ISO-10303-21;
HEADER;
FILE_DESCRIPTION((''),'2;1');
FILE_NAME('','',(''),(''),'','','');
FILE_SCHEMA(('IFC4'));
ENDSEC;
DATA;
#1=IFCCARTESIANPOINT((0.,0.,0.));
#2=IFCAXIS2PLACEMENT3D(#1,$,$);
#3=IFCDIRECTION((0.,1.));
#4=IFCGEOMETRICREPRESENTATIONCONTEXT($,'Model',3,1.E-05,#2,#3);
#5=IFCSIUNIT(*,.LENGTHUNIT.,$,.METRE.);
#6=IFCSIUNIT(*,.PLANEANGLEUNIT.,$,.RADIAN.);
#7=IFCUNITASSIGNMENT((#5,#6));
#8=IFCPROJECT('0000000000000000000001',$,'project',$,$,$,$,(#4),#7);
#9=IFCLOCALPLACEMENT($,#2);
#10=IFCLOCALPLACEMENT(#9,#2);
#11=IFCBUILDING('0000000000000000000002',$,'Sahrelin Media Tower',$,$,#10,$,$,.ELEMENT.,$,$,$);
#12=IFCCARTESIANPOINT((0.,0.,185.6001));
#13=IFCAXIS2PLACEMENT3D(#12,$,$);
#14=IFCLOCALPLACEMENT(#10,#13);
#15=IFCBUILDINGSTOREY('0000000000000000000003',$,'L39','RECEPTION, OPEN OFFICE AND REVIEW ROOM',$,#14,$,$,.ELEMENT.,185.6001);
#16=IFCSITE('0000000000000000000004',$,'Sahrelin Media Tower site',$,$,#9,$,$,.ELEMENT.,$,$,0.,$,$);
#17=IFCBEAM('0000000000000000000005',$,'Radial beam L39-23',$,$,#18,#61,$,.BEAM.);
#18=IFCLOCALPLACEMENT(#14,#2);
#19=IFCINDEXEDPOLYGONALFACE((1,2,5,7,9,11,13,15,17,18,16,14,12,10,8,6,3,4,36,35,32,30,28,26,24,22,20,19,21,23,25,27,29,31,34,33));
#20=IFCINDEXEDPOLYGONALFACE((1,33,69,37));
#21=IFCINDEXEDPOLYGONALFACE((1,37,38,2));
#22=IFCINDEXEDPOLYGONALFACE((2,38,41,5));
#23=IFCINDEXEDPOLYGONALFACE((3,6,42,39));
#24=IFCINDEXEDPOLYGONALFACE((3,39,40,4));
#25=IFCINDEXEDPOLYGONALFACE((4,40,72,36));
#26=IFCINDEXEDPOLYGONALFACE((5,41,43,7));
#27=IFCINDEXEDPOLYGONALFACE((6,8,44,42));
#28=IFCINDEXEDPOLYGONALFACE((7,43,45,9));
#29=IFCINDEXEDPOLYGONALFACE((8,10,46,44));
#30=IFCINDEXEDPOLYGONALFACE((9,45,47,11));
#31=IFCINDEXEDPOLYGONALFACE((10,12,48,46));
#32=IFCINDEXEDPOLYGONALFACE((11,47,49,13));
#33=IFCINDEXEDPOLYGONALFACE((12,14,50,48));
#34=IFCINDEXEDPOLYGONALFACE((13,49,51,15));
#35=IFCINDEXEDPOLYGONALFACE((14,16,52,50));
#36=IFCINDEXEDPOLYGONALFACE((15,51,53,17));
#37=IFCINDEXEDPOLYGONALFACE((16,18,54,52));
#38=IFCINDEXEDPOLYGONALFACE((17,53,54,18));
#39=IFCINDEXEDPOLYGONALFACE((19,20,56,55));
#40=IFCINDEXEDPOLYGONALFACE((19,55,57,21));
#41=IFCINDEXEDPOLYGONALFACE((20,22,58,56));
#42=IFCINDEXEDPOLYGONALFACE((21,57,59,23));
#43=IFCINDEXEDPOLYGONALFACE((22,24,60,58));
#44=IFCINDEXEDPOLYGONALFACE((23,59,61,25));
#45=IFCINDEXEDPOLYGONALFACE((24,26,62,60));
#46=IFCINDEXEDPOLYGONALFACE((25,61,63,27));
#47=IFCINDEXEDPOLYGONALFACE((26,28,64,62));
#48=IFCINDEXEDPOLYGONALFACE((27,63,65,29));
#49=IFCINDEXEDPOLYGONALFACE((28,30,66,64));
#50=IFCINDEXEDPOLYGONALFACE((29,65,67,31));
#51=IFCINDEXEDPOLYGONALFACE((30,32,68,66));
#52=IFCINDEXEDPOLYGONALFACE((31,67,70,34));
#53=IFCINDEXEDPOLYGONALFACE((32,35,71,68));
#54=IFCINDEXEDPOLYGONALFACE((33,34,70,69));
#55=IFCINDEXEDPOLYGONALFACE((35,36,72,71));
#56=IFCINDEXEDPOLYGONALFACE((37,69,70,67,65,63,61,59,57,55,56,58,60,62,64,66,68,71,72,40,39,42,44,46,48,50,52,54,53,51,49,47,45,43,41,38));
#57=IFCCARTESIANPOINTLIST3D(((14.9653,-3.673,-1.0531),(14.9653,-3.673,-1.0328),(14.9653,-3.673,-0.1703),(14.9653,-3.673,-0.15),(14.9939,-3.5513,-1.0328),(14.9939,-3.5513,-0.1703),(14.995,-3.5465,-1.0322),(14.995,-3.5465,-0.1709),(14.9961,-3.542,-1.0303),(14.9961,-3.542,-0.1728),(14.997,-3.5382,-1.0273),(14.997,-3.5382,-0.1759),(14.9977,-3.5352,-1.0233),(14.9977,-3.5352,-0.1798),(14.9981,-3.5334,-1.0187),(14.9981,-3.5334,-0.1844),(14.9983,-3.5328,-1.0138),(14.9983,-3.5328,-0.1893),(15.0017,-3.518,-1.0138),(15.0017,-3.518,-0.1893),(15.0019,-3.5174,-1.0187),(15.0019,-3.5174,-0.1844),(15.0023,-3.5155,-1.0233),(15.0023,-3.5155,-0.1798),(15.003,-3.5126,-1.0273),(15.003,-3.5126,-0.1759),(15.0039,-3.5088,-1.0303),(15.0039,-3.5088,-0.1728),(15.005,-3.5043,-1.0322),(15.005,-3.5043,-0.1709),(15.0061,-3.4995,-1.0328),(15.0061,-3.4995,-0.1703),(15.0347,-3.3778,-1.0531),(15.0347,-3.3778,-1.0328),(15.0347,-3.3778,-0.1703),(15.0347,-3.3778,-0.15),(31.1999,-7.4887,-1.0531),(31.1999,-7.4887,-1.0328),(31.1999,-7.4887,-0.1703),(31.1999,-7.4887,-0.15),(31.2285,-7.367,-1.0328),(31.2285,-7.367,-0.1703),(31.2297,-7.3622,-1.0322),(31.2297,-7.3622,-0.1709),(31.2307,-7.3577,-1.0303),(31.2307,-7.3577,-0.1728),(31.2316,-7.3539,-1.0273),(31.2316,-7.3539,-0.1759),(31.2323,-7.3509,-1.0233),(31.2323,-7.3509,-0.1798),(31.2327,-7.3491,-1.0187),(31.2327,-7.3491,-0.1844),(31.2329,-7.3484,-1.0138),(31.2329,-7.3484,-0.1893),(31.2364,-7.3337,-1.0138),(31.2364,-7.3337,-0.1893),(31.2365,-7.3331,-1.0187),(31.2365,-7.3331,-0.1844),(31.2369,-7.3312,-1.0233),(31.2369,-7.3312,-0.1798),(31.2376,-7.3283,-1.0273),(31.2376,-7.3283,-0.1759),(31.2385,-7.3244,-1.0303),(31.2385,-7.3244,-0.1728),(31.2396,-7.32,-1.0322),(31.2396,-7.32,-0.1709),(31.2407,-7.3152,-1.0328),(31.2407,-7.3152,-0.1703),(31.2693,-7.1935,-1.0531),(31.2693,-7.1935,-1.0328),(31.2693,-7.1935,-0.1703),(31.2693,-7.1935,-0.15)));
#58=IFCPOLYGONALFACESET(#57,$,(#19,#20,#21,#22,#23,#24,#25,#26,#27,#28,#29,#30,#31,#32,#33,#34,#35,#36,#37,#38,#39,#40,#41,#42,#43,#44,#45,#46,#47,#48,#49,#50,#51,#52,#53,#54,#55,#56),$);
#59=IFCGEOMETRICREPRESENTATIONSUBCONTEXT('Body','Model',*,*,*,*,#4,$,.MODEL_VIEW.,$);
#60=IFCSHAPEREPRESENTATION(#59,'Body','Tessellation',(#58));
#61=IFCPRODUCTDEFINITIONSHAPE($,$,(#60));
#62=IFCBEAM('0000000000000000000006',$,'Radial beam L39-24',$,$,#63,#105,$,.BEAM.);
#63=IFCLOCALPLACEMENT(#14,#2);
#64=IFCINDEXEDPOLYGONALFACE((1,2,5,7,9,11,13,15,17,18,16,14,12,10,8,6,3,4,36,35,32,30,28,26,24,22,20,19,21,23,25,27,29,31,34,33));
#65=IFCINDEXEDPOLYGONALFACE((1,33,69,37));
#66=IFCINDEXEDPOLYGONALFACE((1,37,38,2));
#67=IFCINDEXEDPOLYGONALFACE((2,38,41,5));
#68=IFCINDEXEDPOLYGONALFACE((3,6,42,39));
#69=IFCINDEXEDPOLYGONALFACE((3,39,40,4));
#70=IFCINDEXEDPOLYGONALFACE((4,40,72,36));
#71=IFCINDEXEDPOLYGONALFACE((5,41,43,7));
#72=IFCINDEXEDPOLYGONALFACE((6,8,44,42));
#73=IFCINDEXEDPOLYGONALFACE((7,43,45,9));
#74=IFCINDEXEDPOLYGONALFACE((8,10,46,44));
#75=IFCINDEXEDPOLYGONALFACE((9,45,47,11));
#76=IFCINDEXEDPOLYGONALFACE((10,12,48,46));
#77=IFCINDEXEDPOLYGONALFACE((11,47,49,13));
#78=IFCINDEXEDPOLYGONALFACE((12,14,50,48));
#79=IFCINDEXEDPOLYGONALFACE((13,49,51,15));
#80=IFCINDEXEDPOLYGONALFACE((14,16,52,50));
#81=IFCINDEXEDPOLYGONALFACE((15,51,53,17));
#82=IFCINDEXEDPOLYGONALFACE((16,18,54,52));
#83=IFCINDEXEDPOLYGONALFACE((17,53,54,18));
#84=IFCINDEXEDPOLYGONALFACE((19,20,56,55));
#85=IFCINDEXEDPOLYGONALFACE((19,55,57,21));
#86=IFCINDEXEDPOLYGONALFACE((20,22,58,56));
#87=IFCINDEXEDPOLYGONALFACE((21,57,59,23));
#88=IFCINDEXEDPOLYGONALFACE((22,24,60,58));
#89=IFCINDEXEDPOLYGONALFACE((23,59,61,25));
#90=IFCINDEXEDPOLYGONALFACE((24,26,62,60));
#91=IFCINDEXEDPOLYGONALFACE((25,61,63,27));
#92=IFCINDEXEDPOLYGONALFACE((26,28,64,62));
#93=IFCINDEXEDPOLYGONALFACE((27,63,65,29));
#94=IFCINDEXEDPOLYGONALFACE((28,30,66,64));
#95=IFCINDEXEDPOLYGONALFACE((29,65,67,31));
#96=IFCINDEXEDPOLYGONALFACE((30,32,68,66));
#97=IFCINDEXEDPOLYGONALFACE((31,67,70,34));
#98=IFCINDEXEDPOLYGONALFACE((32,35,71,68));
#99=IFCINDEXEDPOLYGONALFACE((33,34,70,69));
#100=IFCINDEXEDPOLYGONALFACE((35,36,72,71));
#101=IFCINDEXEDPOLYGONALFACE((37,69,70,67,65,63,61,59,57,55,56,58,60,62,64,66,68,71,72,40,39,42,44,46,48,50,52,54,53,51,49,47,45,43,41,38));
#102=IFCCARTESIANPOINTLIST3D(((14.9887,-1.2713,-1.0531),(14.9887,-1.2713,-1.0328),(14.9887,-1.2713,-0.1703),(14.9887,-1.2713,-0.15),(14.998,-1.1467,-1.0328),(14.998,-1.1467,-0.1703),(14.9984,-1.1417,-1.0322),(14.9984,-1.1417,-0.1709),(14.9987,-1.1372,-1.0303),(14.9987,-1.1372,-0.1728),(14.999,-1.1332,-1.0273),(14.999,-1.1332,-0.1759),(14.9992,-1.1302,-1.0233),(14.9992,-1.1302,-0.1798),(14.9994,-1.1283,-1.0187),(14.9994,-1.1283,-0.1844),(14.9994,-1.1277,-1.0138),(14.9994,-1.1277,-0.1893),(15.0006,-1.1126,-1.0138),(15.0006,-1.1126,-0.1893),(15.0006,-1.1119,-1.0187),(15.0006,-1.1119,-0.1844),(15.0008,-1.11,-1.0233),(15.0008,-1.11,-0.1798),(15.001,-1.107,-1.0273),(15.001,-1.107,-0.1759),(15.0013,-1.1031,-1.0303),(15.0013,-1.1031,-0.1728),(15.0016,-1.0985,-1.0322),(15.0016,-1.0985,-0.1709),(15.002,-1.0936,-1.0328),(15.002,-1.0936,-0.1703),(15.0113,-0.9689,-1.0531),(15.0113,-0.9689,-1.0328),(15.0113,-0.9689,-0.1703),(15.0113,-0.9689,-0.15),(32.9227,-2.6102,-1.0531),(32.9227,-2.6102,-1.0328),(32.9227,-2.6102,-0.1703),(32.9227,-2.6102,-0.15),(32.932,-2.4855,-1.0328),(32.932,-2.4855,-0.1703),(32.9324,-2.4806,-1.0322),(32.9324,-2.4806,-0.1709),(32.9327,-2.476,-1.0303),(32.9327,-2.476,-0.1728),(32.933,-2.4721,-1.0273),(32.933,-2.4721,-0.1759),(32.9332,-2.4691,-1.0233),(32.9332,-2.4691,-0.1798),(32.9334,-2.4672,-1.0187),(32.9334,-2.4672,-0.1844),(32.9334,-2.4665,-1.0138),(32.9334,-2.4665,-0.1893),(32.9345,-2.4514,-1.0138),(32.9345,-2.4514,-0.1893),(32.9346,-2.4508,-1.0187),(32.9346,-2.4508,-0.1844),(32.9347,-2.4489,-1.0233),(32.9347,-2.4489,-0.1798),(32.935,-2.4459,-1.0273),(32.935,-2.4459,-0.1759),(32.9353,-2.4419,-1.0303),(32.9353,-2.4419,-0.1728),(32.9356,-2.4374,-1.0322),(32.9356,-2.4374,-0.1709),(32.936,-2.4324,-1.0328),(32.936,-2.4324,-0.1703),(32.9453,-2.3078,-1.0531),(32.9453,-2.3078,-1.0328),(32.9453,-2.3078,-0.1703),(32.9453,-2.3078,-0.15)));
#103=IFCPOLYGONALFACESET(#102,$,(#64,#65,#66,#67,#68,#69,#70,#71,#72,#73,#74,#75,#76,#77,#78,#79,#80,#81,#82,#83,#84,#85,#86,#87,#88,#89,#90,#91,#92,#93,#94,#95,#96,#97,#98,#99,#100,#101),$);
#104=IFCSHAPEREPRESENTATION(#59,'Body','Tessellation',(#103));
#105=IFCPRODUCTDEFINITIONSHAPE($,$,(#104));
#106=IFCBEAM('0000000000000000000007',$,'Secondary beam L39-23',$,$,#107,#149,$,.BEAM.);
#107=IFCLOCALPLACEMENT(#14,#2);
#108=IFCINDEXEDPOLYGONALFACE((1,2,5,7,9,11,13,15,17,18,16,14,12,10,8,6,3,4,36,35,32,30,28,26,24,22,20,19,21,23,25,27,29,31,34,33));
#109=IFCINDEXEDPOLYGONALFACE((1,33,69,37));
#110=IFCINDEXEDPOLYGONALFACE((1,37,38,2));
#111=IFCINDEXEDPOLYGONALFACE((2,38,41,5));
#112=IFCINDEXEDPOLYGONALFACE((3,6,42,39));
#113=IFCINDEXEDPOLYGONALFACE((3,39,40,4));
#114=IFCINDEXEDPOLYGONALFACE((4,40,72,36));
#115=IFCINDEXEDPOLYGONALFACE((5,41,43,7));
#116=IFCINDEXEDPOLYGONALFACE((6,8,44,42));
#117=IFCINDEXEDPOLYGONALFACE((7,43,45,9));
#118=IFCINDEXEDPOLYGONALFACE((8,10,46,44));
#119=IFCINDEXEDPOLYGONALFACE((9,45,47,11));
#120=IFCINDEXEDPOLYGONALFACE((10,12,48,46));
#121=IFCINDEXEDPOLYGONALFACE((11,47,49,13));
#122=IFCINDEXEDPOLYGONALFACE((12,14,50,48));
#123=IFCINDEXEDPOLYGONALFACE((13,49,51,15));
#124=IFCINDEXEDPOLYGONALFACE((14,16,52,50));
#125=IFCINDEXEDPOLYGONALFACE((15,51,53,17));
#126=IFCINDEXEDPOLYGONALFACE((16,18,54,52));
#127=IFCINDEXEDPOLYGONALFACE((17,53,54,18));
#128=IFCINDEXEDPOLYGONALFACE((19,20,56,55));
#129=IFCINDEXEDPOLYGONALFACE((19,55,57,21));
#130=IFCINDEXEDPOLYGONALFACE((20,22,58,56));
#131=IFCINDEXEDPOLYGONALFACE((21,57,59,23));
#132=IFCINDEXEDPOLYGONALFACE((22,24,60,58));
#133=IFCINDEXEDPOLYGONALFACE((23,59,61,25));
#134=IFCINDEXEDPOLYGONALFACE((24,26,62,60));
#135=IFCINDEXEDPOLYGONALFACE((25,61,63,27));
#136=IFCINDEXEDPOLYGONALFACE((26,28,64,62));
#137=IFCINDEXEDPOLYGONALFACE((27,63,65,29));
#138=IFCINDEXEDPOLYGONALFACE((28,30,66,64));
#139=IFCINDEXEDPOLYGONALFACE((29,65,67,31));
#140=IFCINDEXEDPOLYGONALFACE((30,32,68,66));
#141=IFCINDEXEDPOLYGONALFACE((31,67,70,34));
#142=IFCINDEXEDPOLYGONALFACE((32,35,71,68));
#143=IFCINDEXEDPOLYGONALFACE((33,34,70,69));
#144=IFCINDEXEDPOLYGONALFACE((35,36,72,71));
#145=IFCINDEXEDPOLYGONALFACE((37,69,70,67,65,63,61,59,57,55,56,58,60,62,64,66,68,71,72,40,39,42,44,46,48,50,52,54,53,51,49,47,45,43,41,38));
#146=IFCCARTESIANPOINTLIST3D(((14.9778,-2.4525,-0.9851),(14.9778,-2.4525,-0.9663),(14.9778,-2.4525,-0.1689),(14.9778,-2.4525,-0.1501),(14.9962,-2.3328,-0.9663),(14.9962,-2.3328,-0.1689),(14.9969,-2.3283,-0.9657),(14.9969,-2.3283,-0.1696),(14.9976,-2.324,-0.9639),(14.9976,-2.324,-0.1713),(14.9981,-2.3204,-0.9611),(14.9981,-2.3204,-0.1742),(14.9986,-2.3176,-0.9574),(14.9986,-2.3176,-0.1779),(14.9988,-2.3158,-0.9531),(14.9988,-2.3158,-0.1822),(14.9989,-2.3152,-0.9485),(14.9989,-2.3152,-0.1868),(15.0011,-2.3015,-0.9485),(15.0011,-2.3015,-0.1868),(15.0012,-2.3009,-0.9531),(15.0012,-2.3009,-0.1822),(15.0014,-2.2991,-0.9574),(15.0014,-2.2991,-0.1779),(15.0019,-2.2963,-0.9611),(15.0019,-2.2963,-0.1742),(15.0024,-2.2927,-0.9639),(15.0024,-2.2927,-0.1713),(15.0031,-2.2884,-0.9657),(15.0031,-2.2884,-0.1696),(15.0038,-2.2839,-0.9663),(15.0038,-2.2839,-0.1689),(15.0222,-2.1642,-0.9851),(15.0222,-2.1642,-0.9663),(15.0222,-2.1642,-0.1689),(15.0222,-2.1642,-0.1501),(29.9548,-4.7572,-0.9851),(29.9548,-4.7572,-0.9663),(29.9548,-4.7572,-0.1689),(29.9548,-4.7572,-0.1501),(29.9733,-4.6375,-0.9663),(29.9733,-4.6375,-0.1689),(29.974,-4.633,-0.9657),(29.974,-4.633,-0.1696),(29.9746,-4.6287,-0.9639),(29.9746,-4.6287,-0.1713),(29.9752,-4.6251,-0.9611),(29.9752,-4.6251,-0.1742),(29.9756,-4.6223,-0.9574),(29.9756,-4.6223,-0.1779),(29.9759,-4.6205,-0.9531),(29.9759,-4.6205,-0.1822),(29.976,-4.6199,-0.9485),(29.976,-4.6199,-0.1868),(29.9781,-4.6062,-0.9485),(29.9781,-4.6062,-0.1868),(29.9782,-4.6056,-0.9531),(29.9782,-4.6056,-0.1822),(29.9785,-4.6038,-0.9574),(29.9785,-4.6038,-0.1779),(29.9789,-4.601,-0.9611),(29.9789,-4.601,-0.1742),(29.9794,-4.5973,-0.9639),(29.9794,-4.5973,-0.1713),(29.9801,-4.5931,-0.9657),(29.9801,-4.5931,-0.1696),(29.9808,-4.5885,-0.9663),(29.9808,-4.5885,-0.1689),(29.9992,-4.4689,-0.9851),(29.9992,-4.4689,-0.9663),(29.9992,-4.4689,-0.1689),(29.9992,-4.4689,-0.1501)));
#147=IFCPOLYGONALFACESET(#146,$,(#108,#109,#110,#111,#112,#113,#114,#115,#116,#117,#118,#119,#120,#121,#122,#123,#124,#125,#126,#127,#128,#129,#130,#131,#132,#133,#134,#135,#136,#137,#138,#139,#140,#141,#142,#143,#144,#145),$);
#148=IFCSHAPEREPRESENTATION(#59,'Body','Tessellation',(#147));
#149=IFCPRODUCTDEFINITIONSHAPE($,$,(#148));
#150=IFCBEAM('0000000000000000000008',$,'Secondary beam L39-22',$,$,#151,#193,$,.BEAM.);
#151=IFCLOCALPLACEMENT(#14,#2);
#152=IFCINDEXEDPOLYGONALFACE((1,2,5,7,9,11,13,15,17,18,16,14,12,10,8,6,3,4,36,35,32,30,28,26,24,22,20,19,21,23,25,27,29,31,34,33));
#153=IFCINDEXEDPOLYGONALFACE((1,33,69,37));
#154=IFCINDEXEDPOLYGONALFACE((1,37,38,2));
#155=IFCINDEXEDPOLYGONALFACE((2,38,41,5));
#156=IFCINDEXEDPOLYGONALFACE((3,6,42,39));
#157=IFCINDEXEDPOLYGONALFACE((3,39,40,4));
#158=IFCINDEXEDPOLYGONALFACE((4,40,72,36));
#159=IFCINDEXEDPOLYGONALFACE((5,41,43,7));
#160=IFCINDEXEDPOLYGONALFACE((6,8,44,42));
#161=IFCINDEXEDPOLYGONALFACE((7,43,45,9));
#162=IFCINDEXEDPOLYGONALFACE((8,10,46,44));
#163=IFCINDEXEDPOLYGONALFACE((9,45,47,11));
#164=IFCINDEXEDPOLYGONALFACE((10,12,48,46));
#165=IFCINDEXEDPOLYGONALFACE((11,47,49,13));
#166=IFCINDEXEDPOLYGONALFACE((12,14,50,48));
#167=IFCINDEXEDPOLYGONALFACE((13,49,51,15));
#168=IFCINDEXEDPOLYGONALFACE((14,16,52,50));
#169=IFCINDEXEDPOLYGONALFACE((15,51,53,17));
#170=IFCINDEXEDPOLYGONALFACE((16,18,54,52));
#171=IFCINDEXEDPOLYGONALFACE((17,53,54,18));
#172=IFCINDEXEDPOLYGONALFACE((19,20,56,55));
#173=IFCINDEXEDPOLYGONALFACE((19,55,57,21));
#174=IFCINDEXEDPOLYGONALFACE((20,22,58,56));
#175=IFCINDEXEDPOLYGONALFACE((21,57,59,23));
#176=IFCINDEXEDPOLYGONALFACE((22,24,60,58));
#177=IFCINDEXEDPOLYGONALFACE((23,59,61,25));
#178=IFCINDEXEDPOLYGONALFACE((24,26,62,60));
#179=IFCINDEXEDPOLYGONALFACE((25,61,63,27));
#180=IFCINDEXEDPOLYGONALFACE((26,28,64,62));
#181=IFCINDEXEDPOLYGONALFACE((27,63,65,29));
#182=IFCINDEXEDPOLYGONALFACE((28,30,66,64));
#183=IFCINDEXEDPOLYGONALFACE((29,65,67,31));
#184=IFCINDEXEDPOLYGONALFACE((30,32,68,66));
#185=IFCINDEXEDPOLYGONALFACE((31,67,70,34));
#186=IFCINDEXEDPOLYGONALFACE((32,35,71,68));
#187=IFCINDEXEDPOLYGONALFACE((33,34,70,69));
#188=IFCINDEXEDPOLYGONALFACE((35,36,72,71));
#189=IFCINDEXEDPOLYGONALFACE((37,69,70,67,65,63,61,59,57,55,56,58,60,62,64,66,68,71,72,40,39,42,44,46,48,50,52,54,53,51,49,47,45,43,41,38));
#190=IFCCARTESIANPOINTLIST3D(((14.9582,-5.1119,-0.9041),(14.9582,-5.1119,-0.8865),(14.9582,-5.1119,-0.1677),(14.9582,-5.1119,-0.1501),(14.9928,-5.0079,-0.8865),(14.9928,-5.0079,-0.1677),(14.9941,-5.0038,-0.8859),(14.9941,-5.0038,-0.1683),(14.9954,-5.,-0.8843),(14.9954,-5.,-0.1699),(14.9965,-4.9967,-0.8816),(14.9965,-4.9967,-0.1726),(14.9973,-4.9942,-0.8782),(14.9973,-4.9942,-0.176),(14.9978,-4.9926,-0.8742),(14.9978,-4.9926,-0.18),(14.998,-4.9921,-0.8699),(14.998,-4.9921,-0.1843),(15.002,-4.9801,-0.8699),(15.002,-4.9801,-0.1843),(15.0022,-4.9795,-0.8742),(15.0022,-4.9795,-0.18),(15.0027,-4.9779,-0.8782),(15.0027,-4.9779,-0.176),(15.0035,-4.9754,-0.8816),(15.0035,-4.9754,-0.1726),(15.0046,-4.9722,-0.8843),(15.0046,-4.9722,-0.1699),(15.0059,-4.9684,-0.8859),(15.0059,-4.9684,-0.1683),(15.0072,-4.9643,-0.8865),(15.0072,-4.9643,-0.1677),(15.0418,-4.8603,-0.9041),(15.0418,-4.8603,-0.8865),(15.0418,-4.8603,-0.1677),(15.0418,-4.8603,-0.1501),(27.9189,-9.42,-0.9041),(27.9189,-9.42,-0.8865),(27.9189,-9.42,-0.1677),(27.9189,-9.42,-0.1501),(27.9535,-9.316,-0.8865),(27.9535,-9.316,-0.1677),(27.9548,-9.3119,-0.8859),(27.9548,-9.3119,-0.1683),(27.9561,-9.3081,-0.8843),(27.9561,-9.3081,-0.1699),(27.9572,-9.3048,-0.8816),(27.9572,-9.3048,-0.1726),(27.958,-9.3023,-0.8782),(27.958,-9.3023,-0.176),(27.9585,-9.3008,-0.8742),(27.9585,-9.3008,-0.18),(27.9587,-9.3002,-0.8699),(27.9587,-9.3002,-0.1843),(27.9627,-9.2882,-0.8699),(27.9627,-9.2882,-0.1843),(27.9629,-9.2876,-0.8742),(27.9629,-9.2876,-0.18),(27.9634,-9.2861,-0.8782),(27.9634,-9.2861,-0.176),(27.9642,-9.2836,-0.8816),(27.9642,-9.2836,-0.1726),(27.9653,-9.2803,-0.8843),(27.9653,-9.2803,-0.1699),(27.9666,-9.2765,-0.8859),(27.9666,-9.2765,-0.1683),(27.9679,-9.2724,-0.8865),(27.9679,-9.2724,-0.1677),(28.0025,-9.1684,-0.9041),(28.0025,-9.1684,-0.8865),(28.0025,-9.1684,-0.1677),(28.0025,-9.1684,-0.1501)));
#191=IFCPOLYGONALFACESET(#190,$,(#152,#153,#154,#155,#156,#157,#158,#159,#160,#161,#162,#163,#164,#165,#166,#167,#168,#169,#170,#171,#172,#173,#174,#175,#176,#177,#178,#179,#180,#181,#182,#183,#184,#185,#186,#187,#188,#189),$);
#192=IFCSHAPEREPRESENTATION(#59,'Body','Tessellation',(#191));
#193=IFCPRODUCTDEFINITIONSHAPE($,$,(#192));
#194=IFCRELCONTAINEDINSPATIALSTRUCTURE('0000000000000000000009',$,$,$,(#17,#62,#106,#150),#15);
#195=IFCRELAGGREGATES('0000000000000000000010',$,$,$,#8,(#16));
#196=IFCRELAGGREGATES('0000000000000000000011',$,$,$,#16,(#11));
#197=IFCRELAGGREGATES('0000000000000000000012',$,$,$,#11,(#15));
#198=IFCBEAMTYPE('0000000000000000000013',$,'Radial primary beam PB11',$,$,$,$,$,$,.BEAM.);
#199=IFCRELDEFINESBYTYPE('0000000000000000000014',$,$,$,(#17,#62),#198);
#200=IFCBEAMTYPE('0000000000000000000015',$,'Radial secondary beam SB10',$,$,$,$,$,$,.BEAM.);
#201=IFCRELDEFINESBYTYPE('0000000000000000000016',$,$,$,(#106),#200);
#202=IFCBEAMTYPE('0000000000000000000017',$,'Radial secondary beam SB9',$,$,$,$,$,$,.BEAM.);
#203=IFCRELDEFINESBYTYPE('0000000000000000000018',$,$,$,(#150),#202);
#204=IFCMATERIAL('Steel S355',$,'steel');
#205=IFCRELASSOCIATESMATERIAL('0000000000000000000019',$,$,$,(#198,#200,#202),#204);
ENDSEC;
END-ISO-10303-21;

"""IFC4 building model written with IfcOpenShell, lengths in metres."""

from ifc_helpers import new_model, si_unit, direction, frame, origin, origin_2d, place, context, subcontext, project, spatial, i_section, extrude, material, material_profile, profile_set, type_object, element, save


model = new_model("IFC4")

# Units and contexts
model_context = context("Model", 3, precision=1e-05, world=origin(), true_north=direction((0.0, 1.0)))
body_context = subcontext(model_context, "Body", "Model", "MODEL_VIEW")
ifc_project = project(units=[si_unit("LENGTHUNIT", "METRE"), si_unit("PLANEANGLEUNIT", "RADIAN")], contexts=[model_context])

# Site, building, storey
site_placement = place(None, origin())
site = spatial("IfcSite", under=ifc_project, at=site_placement, Name="Sahrelin Media Tower site", CompositionType="ELEMENT", RefElevation=0.0)
building_placement = place(site_placement, origin())
building = spatial("IfcBuilding", under=site, at=building_placement, Name="Sahrelin Media Tower", CompositionType="ELEMENT")
storey_placement = place(building_placement, frame((0.0, 0.0, 185.6001)))
storey = spatial("IfcBuildingStorey", under=building, at=storey_placement, Name="L39", Description="RECEPTION, OPEN OFFICE AND REVIEW ROOM", CompositionType="ELEMENT", Elevation=185.6001)

# Shared definitions
ifc_material_1 = material(Name="Steel S355", Category="steel")

# Beams
ifc_material_profile_1 = material_profile(ifc_material_1, i_section(OverallWidth=0.3032, OverallDepth=0.9031, WebThickness=0.0151, FlangeThickness=0.0203, FilletRadius=0.019, at=origin_2d()), Name="UB 914x305x201")
ifc_profile_set_1 = profile_set([ifc_material_profile_1], Name="Steel S355")
beam_type_1 = type_object("IfcBeamType", Name="Radial primary beam PB11", PredefinedType="BEAM", material=ifc_profile_set_1)
beam_1_placement = place(storey_placement, frame((15.0, -3.5254, -0.6016), z_axis=(0.973474, -0.228799, 0.0), x_axis=(0.228799, 0.973474, 0.0)))
element("IfcBeam", 1, at=beam_1_placement, inside=storey, type_object=beam_type_1, Name="Radial beam L39-23", PredefinedType="BEAM", context=body_context, shape_type="SweptSolid", body=[
    extrude(i_section(OverallWidth=0.3032, OverallDepth=0.9031, WebThickness=0.0151, FlangeThickness=0.0203, FilletRadius=0.019, at=origin_2d()), origin(), (0.0, 0.0, 1.0), 16.677),
])
beam_2_placement = place(storey_placement, frame((15.0, -1.1201, -0.6016), z_axis=(0.997225, -0.074448, 0.0), x_axis=(0.074448, 0.997225, 0.0)))
element("IfcBeam", 2, at=beam_2_placement, inside=storey, type_object=beam_type_1, Name="Radial beam L39-24", PredefinedType="BEAM", context=body_context, shape_type="SweptSolid", body=[
    extrude(i_section(OverallWidth=0.3032, OverallDepth=0.9031, WebThickness=0.0151, FlangeThickness=0.0203, FilletRadius=0.019, at=origin_2d()), origin(), (0.0, 0.0, 1.0), 17.9839),
])
ifc_material_profile_2 = material_profile(ifc_material_1, i_section(OverallWidth=0.2917, OverallDepth=0.835, WebThickness=0.0139, FlangeThickness=0.0188, FilletRadius=0.0178, at=origin_2d()), Name="UB 838x292x176")
ifc_profile_set_2 = profile_set([ifc_material_profile_2], Name="Steel S355")
beam_type_2 = type_object("IfcBeamType", Name="Radial secondary beam SB10", PredefinedType="BEAM", material=ifc_profile_set_2)
beam_3_placement = place(storey_placement, frame((15.0, -2.3083, -0.5676), z_axis=(0.988366, -0.152091, 0.0), x_axis=(0.152091, 0.988366, 0.0)))
element("IfcBeam", 3, at=beam_3_placement, inside=storey, type_object=beam_type_2, Name="Secondary beam L39-23", PredefinedType="BEAM", context=body_context, shape_type="SweptSolid", body=[
    extrude(i_section(OverallWidth=0.2917, OverallDepth=0.835, WebThickness=0.0139, FlangeThickness=0.0188, FilletRadius=0.0178, at=origin_2d()), origin(), (0.0, 0.0, 1.0), 15.1533),
])
ifc_material_profile_3 = material_profile(ifc_material_1, i_section(OverallWidth=0.2651, OverallDepth=0.7539, WebThickness=0.0127, FlangeThickness=0.0176, FilletRadius=0.0166, at=origin_2d()), Name="UB 762x267x147")
ifc_profile_set_3 = profile_set([ifc_material_profile_3], Name="Steel S355")
beam_type_3 = type_object("IfcBeamType", Name="Radial secondary beam SB9", PredefinedType="BEAM", material=ifc_profile_set_3)
beam_4_placement = place(storey_placement, frame((15.0, -4.9861, -0.5271), z_axis=(0.948949, -0.315429, 0.0), x_axis=(0.315429, 0.948949, 0.0)))
element("IfcBeam", 4, at=beam_4_placement, inside=storey, type_object=beam_type_3, Name="Secondary beam L39-22", PredefinedType="BEAM", context=body_context, shape_type="SweptSolid", body=[
    extrude(i_section(OverallWidth=0.2651, OverallDepth=0.7539, WebThickness=0.0127, FlangeThickness=0.0176, FilletRadius=0.0166, at=origin_2d()), origin(), (0.0, 0.0, 1.0), 13.658),
])

save(model, "model.ifc")
